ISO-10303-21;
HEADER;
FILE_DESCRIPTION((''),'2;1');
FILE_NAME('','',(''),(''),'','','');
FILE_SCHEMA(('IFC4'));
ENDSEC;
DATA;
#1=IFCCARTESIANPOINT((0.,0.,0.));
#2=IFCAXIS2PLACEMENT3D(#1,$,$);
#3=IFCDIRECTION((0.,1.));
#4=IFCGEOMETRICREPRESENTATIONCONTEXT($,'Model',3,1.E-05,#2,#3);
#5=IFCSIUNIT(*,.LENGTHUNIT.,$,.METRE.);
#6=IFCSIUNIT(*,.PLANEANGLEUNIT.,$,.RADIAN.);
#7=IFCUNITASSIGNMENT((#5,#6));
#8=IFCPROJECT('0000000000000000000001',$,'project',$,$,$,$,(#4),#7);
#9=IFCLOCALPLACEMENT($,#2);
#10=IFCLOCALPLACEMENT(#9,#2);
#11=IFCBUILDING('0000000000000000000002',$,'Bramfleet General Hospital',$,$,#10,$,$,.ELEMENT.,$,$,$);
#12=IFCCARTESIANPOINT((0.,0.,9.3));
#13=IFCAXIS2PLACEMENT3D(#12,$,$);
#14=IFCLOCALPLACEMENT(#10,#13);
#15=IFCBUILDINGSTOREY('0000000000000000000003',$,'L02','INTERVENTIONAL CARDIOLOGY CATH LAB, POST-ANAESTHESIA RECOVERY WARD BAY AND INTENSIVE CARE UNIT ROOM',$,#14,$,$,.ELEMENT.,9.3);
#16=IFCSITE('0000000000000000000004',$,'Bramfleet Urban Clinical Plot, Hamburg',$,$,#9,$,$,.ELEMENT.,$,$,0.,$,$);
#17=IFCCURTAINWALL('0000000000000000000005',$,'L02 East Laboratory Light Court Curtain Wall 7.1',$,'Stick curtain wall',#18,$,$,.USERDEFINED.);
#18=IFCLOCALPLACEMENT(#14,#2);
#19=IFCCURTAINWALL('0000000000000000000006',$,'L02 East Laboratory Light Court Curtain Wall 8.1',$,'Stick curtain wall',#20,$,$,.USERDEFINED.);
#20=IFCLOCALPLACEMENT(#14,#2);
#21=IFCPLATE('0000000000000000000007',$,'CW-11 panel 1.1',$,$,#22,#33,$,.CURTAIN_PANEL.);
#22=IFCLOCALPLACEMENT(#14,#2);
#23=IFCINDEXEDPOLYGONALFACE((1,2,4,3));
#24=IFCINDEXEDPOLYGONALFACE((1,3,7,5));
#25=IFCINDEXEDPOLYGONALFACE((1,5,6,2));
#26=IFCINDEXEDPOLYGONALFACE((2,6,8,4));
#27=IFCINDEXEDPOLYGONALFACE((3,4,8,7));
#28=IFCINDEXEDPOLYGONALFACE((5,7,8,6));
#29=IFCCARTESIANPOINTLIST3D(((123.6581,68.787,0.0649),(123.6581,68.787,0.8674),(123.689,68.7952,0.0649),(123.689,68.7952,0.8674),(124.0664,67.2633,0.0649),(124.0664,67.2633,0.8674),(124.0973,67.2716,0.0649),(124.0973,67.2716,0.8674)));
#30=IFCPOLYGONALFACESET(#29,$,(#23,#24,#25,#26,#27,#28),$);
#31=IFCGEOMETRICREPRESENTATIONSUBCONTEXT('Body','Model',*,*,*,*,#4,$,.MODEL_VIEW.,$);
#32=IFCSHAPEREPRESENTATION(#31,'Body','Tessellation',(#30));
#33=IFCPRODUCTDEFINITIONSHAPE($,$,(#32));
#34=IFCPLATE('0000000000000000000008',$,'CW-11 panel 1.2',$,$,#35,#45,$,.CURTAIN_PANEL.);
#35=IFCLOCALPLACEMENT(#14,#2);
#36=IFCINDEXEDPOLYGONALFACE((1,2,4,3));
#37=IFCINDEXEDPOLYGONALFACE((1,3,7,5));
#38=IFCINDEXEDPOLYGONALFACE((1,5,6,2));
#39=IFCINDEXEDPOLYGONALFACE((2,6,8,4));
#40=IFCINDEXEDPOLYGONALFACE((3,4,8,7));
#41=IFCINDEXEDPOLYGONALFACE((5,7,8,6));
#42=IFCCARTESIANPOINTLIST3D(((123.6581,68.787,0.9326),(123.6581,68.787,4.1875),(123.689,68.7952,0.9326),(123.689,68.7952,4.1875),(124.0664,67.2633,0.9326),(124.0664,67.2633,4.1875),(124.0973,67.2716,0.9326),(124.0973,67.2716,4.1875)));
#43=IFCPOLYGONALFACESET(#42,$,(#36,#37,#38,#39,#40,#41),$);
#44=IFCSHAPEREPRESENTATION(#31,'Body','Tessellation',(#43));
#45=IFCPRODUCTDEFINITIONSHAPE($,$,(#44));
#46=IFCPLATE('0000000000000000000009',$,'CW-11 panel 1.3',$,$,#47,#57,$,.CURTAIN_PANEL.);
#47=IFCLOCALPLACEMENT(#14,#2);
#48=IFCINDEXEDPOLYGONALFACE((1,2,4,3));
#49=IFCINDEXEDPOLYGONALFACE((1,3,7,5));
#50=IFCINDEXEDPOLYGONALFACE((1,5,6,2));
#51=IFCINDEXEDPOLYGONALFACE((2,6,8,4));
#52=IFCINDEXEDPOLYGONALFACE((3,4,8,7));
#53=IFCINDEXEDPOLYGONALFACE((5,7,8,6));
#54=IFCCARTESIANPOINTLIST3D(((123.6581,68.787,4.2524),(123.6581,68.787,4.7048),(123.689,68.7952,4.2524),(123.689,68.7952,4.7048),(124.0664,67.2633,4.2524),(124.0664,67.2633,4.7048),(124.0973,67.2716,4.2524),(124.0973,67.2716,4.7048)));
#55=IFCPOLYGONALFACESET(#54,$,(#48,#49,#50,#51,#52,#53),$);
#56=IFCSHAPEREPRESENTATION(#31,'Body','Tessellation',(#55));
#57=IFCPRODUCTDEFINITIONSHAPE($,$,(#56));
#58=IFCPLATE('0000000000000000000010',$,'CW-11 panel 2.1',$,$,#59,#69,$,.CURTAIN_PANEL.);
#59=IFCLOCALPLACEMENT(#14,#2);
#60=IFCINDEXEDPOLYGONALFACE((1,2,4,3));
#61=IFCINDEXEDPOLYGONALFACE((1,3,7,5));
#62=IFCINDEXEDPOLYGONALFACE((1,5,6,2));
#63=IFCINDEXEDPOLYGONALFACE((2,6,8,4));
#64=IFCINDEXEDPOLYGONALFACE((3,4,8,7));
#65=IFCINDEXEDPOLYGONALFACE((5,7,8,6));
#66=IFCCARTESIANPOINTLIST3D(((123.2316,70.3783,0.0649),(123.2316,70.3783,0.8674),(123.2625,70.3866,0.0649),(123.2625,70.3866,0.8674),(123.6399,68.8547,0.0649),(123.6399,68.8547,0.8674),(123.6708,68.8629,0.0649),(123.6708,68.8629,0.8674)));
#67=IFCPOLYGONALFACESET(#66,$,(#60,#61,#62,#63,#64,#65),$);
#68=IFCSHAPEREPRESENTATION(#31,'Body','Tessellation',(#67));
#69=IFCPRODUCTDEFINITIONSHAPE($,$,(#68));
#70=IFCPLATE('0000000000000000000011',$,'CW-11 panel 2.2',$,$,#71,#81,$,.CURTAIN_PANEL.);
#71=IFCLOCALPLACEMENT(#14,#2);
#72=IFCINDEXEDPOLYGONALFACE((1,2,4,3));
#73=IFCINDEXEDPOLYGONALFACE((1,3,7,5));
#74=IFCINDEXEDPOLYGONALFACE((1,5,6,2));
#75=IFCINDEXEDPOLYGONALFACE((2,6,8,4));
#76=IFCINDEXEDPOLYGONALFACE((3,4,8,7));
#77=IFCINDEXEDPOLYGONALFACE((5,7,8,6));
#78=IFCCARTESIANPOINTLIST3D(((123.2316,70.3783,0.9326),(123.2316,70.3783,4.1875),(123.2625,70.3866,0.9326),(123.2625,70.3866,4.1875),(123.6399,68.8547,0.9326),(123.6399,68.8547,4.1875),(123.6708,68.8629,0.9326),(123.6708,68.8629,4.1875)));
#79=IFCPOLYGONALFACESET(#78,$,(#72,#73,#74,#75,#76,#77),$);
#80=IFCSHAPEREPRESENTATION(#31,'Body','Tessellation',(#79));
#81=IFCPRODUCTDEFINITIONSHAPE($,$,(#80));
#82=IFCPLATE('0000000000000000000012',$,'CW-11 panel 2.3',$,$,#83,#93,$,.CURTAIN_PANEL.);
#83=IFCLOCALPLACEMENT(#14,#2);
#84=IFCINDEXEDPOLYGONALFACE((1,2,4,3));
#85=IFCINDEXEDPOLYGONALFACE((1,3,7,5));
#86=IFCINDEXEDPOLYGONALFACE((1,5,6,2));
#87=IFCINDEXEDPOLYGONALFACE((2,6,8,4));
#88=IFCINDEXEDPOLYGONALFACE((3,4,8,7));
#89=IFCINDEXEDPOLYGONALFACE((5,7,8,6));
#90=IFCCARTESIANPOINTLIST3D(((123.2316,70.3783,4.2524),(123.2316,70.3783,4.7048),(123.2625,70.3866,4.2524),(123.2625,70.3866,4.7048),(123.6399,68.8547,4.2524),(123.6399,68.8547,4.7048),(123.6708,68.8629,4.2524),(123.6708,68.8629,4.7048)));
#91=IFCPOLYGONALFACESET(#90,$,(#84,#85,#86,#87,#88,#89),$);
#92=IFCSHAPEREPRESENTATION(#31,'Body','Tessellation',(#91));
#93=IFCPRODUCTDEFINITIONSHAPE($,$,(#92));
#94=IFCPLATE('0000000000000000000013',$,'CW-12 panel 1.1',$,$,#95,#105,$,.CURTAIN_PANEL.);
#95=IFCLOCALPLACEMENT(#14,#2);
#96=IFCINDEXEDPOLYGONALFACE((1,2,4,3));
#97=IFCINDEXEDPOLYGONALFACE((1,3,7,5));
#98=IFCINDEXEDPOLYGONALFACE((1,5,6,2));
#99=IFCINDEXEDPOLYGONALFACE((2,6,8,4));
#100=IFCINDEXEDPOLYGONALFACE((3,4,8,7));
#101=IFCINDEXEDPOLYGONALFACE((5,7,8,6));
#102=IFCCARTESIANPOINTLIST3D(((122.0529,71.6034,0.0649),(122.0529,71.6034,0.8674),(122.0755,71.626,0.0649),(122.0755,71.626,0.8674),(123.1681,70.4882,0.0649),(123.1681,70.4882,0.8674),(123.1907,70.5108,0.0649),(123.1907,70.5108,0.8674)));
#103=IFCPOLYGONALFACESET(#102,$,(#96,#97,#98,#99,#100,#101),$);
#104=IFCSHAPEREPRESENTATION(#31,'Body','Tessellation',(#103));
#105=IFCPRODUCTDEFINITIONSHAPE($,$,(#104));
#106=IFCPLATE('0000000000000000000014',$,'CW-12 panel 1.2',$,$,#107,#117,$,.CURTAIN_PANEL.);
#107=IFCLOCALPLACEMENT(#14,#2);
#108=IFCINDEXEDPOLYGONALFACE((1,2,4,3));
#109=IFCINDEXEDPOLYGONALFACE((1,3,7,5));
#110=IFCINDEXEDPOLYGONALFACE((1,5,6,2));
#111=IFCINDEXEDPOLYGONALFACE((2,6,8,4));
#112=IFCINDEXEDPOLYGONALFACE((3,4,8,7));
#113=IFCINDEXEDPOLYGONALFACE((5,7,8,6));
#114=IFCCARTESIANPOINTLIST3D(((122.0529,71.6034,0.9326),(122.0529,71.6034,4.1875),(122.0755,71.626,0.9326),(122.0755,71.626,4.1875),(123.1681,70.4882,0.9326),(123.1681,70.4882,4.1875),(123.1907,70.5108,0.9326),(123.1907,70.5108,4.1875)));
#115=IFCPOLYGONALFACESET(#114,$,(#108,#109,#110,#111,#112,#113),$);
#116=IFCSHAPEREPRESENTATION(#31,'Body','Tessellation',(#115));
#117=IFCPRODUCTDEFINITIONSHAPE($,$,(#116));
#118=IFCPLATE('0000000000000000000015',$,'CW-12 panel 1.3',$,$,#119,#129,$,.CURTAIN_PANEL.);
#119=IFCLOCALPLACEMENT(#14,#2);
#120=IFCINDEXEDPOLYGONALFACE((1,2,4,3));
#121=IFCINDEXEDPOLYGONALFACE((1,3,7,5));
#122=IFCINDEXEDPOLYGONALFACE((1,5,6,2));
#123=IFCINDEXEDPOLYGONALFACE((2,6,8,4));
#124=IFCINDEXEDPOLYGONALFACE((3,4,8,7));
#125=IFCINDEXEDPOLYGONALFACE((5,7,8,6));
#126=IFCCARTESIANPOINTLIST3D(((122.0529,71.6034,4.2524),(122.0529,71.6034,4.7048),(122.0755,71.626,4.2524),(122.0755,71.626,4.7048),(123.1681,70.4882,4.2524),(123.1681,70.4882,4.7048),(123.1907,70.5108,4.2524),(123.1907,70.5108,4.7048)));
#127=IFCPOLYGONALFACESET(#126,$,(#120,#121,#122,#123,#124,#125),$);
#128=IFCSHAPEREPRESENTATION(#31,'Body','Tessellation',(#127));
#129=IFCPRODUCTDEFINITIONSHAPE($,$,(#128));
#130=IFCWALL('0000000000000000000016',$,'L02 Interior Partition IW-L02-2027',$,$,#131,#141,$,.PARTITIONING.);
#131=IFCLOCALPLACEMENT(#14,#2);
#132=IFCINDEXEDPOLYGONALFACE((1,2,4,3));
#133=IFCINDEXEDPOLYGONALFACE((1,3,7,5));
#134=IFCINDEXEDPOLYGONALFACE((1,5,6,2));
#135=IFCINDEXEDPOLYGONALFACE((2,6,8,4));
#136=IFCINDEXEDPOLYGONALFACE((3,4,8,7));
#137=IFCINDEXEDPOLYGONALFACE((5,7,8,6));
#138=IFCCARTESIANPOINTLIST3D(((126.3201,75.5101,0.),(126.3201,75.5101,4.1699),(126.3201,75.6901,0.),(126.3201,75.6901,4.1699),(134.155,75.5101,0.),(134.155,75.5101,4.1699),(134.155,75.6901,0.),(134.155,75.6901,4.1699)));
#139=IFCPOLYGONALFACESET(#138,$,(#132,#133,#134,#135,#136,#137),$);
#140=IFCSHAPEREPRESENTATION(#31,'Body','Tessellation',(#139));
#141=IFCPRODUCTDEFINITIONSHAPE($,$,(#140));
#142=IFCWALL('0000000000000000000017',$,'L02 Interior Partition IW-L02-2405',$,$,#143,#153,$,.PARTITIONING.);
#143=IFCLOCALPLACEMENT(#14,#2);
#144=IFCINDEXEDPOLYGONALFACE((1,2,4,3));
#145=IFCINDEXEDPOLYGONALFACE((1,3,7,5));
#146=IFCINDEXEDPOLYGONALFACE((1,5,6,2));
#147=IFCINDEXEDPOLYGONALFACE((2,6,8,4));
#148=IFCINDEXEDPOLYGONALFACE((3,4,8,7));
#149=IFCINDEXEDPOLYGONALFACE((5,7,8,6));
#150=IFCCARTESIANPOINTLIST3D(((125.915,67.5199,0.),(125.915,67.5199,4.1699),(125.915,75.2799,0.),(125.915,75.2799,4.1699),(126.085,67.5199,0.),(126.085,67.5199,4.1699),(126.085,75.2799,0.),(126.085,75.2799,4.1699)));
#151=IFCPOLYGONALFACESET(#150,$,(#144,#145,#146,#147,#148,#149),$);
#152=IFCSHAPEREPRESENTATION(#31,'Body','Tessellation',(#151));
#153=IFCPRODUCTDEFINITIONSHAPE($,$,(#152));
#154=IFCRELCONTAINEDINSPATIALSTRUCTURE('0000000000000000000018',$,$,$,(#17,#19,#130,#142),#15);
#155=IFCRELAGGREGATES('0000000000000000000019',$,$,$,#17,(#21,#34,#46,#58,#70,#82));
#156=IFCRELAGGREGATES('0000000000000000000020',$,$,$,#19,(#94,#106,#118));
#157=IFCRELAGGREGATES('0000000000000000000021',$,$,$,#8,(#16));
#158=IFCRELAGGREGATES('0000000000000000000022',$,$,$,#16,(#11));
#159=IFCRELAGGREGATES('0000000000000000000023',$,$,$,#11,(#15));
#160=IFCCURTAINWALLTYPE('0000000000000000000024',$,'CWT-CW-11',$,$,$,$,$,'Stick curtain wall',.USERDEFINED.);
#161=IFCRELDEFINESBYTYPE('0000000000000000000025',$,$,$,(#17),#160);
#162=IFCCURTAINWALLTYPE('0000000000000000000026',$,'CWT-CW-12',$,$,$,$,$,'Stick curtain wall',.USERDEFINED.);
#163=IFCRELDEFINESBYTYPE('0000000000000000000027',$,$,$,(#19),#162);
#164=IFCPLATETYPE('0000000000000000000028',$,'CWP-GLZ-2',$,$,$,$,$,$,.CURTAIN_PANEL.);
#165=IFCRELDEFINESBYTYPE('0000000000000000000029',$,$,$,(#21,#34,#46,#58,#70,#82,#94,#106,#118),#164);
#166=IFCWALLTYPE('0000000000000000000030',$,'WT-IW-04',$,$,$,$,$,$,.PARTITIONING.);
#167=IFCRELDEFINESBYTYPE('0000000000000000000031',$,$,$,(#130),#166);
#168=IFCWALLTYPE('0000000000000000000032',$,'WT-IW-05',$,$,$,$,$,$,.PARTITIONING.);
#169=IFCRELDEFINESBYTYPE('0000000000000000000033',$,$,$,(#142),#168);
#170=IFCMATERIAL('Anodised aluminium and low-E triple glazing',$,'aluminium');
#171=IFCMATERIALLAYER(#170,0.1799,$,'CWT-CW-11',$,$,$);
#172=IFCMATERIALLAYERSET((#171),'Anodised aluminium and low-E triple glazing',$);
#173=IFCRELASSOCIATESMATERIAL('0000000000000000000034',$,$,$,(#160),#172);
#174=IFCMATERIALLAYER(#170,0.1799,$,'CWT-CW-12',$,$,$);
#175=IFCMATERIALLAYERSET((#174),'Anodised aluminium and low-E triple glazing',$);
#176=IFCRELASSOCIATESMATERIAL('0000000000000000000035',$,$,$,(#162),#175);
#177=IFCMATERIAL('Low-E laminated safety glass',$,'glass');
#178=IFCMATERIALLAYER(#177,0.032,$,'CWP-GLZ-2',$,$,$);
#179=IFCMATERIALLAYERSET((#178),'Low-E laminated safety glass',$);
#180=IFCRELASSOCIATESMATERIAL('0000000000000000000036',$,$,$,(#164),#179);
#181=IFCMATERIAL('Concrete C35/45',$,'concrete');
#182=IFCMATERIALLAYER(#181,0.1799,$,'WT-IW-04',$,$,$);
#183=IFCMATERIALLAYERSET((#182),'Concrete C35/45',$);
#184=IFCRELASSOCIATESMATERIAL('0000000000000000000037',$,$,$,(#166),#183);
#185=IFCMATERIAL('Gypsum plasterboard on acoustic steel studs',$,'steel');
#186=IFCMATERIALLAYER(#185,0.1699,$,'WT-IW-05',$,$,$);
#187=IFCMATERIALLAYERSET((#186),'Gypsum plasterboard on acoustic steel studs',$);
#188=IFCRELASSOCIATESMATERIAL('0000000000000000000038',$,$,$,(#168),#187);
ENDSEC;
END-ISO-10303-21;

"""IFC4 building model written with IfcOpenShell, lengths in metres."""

from ifc_helpers import new_model, si_unit, direction, frame, frame_2d, origin, origin_2d, place, context, subcontext, project, spatial, rectangle, extrude, material, layer, layer_set, type_object, element, aggregate, save


model = new_model("IFC4")

# Units and contexts
model_context = context("Model", 3, precision=1e-05, world=origin(), true_north=direction((0.0, 1.0)))
body_context = subcontext(model_context, "Body", "Model", "MODEL_VIEW")
ifc_project = project(units=[si_unit("LENGTHUNIT", "METRE"), si_unit("PLANEANGLEUNIT", "RADIAN")], contexts=[model_context])

# Site, building, storey
site_placement = place(None, origin())
site = spatial("IfcSite", under=ifc_project, at=site_placement, Name="Bramfleet Urban Clinical Plot, Hamburg", CompositionType="ELEMENT", RefElevation=0.0)
building_placement = place(site_placement, origin())
building = spatial("IfcBuilding", under=site, at=building_placement, Name="Bramfleet General Hospital", CompositionType="ELEMENT")
storey_placement = place(building_placement, frame((0.0, 0.0, 9.3)))
storey = spatial("IfcBuildingStorey", under=building, at=storey_placement, Name="L02", Description="INTERVENTIONAL CARDIOLOGY CATH LAB, POST-ANAESTHESIA RECOVERY WARD BAY AND INTENSIVE CARE UNIT ROOM", CompositionType="ELEMENT", Elevation=9.3)

# Shared definitions
ifc_material_1 = material(Name="Concrete C35/45", Category="concrete")

# Curtain walls
ifc_material_2 = material(Name="Anodised aluminium and low-E triple glazing", Category="aluminium")
ifc_layer_1 = layer(ifc_material_2, 0.1799, Name="CWT-CW-11")
ifc_layer_set_1 = layer_set([ifc_layer_1], Name="Anodised aluminium and low-E triple glazing")
curtain_wall_type_1 = type_object("IfcCurtainWallType", Name="CWT-CW-11", ElementType="Stick curtain wall", PredefinedType="USERDEFINED", material=ifc_layer_set_1)
curtain_wall_1_placement = place(storey_placement, origin())
curtain_wall_1 = element("IfcCurtainWall", 1, at=curtain_wall_1_placement, inside=storey, type_object=curtain_wall_type_1, Name="L02 East Laboratory Light Court Curtain Wall 7.1", ObjectType="Stick curtain wall", PredefinedType="USERDEFINED")
ifc_layer_2 = layer(ifc_material_2, 0.1799, Name="CWT-CW-12")
ifc_layer_set_2 = layer_set([ifc_layer_2], Name="Anodised aluminium and low-E triple glazing")
curtain_wall_type_2 = type_object("IfcCurtainWallType", Name="CWT-CW-12", ElementType="Stick curtain wall", PredefinedType="USERDEFINED", material=ifc_layer_set_2)
curtain_wall_2_placement = place(storey_placement, origin())
curtain_wall_2 = element("IfcCurtainWall", 2, at=curtain_wall_2_placement, inside=storey, type_object=curtain_wall_type_2, Name="L02 East Laboratory Light Court Curtain Wall 8.1", ObjectType="Stick curtain wall", PredefinedType="USERDEFINED")

# Plates
ifc_material_3 = material(Name="Low-E laminated safety glass", Category="glass")
ifc_layer_3 = layer(ifc_material_3, 0.032, Name="CWP-GLZ-2")
ifc_layer_set_3 = layer_set([ifc_layer_3], Name="Low-E laminated safety glass")
plate_type = type_object("IfcPlateType", Name="CWP-GLZ-2", PredefinedType="CURTAIN_PANEL", material=ifc_layer_set_3)
plate_1_placement = place(storey_placement, frame((123.8777, 68.0293, 0.0649), z_axis=(0.0, 0.0, 1.0), x_axis=(-0.258865, 0.965914, 0.0)))
plate_1 = element("IfcPlate", 3, at=plate_1_placement, type_object=plate_type, Name="CW-11 panel 1.1", PredefinedType="CURTAIN_PANEL", context=body_context, shape_type="SweptSolid", body=[
    extrude(rectangle(XDim=1.5774, YDim=0.032, at=origin_2d()), origin(), (0.0, 0.0, 1.0), 0.8025),
])
plate_2_placement = place(storey_placement, frame((123.8777, 68.0293, 0.9326), z_axis=(0.0, 0.0, 1.0), x_axis=(-0.258865, 0.965914, 0.0)))
plate_2 = element("IfcPlate", 4, at=plate_2_placement, type_object=plate_type, Name="CW-11 panel 1.2", PredefinedType="CURTAIN_PANEL", context=body_context, shape_type="SweptSolid", body=[
    extrude(rectangle(XDim=1.5774, YDim=0.032, at=origin_2d()), origin(), (0.0, 0.0, 1.0), 3.2549),
])
plate_3_placement = place(storey_placement, frame((123.8777, 68.0293, 4.2524), z_axis=(0.0, 0.0, 1.0), x_axis=(-0.258865, 0.965914, 0.0)))
plate_3 = element("IfcPlate", 5, at=plate_3_placement, type_object=plate_type, Name="CW-11 panel 1.3", PredefinedType="CURTAIN_PANEL", context=body_context, shape_type="SweptSolid", body=[
    extrude(rectangle(XDim=1.5774, YDim=0.032, at=origin_2d()), origin(), (0.0, 0.0, 1.0), 0.4524),
])
plate_4_placement = place(storey_placement, frame((123.4512, 69.6206, 0.0649), z_axis=(0.0, 0.0, 1.0), x_axis=(-0.258865, 0.965914, 0.0)))
plate_4 = element("IfcPlate", 6, at=plate_4_placement, type_object=plate_type, Name="CW-11 panel 2.1", PredefinedType="CURTAIN_PANEL", context=body_context, shape_type="SweptSolid", body=[
    extrude(rectangle(XDim=1.5774, YDim=0.032, at=origin_2d()), origin(), (0.0, 0.0, 1.0), 0.8025),
])
plate_5_placement = place(storey_placement, frame((123.4512, 69.6206, 0.9326), z_axis=(0.0, 0.0, 1.0), x_axis=(-0.258865, 0.965914, 0.0)))
plate_5 = element("IfcPlate", 7, at=plate_5_placement, type_object=plate_type, Name="CW-11 panel 2.2", PredefinedType="CURTAIN_PANEL", context=body_context, shape_type="SweptSolid", body=[
    extrude(rectangle(XDim=1.5774, YDim=0.032, at=origin_2d()), origin(), (0.0, 0.0, 1.0), 3.2549),
])
plate_6_placement = place(storey_placement, frame((123.4512, 69.6206, 4.2524), z_axis=(0.0, 0.0, 1.0), x_axis=(-0.258865, 0.965914, 0.0)))
plate_6 = element("IfcPlate", 8, at=plate_6_placement, type_object=plate_type, Name="CW-11 panel 2.3", PredefinedType="CURTAIN_PANEL", context=body_context, shape_type="SweptSolid", body=[
    extrude(rectangle(XDim=1.5774, YDim=0.032, at=origin_2d()), origin(), (0.0, 0.0, 1.0), 0.4524),
])
aggregate(curtain_wall_1, [plate_1, plate_2, plate_3, plate_4, plate_5, plate_6])
plate_7_placement = place(storey_placement, frame((122.6218, 71.0571, 0.0649), z_axis=(0.0, 0.0, 1.0), x_axis=(-0.707107, 0.707107, 0.0)))
plate_7 = element("IfcPlate", 9, at=plate_7_placement, type_object=plate_type, Name="CW-12 panel 1.1", PredefinedType="CURTAIN_PANEL", context=body_context, shape_type="SweptSolid", body=[
    extrude(rectangle(XDim=1.5771, YDim=0.032, at=origin_2d()), origin(), (0.0, 0.0, 1.0), 0.8025),
])
plate_8_placement = place(storey_placement, frame((122.6218, 71.0571, 0.9326), z_axis=(0.0, 0.0, 1.0), x_axis=(-0.707107, 0.707107, 0.0)))
plate_8 = element("IfcPlate", 10, at=plate_8_placement, type_object=plate_type, Name="CW-12 panel 1.2", PredefinedType="CURTAIN_PANEL", context=body_context, shape_type="SweptSolid", body=[
    extrude(rectangle(XDim=1.5771, YDim=0.032, at=origin_2d()), origin(), (0.0, 0.0, 1.0), 3.2549),
])
plate_9_placement = place(storey_placement, frame((122.6218, 71.0571, 4.2524), z_axis=(0.0, 0.0, 1.0), x_axis=(-0.707107, 0.707107, 0.0)))
plate_9 = element("IfcPlate", 11, at=plate_9_placement, type_object=plate_type, Name="CW-12 panel 1.3", PredefinedType="CURTAIN_PANEL", context=body_context, shape_type="SweptSolid", body=[
    extrude(rectangle(XDim=1.5771, YDim=0.032, at=origin_2d()), origin(), (0.0, 0.0, 1.0), 0.4524),
])
aggregate(curtain_wall_2, [plate_7, plate_8, plate_9])

# Walls
ifc_layer_4 = layer(ifc_material_1, 0.1799, Name="WT-IW-04")
ifc_layer_set_4 = layer_set([ifc_layer_4], Name="Concrete C35/45")
wall_type_1 = type_object("IfcWallType", Name="WT-IW-04", PredefinedType="PARTITIONING", material=ifc_layer_set_4)
wall_1_placement = place(storey_placement, frame((126.3201, 75.6001, 0.0), z_axis=(0.0, 0.0, 1.0), x_axis=(1.0, 0.0, 0.0)))
element("IfcWall", 12, at=wall_1_placement, inside=storey, type_object=wall_type_1, Name="L02 Interior Partition IW-L02-2027", PredefinedType="PARTITIONING", context=body_context, shape_type="SweptSolid", body=[
    extrude(rectangle(XDim=7.835, YDim=0.1799, at=frame_2d((3.9175, 0.0))), origin(), (0.0, 0.0, 1.0), 4.1699),
])
ifc_material_4 = material(Name="Gypsum plasterboard on acoustic steel studs", Category="steel")
ifc_layer_5 = layer(ifc_material_4, 0.1699, Name="WT-IW-05")
ifc_layer_set_5 = layer_set([ifc_layer_5], Name="Gypsum plasterboard on acoustic steel studs")
wall_type_2 = type_object("IfcWallType", Name="WT-IW-05", PredefinedType="PARTITIONING", material=ifc_layer_set_5)
wall_2_placement = place(storey_placement, frame((126.0, 67.52, 0.0), z_axis=(0.0, 0.0, 1.0), x_axis=(0.0, 1.0, 0.0)))
element("IfcWall", 13, at=wall_2_placement, inside=storey, type_object=wall_type_2, Name="L02 Interior Partition IW-L02-2405", PredefinedType="PARTITIONING", context=body_context, shape_type="SweptSolid", body=[
    extrude(rectangle(XDim=7.76, YDim=0.1699, at=frame_2d((3.8799, 0.0))), origin(), (0.0, 0.0, 1.0), 4.1699),
])

save(model, "model.ifc")
